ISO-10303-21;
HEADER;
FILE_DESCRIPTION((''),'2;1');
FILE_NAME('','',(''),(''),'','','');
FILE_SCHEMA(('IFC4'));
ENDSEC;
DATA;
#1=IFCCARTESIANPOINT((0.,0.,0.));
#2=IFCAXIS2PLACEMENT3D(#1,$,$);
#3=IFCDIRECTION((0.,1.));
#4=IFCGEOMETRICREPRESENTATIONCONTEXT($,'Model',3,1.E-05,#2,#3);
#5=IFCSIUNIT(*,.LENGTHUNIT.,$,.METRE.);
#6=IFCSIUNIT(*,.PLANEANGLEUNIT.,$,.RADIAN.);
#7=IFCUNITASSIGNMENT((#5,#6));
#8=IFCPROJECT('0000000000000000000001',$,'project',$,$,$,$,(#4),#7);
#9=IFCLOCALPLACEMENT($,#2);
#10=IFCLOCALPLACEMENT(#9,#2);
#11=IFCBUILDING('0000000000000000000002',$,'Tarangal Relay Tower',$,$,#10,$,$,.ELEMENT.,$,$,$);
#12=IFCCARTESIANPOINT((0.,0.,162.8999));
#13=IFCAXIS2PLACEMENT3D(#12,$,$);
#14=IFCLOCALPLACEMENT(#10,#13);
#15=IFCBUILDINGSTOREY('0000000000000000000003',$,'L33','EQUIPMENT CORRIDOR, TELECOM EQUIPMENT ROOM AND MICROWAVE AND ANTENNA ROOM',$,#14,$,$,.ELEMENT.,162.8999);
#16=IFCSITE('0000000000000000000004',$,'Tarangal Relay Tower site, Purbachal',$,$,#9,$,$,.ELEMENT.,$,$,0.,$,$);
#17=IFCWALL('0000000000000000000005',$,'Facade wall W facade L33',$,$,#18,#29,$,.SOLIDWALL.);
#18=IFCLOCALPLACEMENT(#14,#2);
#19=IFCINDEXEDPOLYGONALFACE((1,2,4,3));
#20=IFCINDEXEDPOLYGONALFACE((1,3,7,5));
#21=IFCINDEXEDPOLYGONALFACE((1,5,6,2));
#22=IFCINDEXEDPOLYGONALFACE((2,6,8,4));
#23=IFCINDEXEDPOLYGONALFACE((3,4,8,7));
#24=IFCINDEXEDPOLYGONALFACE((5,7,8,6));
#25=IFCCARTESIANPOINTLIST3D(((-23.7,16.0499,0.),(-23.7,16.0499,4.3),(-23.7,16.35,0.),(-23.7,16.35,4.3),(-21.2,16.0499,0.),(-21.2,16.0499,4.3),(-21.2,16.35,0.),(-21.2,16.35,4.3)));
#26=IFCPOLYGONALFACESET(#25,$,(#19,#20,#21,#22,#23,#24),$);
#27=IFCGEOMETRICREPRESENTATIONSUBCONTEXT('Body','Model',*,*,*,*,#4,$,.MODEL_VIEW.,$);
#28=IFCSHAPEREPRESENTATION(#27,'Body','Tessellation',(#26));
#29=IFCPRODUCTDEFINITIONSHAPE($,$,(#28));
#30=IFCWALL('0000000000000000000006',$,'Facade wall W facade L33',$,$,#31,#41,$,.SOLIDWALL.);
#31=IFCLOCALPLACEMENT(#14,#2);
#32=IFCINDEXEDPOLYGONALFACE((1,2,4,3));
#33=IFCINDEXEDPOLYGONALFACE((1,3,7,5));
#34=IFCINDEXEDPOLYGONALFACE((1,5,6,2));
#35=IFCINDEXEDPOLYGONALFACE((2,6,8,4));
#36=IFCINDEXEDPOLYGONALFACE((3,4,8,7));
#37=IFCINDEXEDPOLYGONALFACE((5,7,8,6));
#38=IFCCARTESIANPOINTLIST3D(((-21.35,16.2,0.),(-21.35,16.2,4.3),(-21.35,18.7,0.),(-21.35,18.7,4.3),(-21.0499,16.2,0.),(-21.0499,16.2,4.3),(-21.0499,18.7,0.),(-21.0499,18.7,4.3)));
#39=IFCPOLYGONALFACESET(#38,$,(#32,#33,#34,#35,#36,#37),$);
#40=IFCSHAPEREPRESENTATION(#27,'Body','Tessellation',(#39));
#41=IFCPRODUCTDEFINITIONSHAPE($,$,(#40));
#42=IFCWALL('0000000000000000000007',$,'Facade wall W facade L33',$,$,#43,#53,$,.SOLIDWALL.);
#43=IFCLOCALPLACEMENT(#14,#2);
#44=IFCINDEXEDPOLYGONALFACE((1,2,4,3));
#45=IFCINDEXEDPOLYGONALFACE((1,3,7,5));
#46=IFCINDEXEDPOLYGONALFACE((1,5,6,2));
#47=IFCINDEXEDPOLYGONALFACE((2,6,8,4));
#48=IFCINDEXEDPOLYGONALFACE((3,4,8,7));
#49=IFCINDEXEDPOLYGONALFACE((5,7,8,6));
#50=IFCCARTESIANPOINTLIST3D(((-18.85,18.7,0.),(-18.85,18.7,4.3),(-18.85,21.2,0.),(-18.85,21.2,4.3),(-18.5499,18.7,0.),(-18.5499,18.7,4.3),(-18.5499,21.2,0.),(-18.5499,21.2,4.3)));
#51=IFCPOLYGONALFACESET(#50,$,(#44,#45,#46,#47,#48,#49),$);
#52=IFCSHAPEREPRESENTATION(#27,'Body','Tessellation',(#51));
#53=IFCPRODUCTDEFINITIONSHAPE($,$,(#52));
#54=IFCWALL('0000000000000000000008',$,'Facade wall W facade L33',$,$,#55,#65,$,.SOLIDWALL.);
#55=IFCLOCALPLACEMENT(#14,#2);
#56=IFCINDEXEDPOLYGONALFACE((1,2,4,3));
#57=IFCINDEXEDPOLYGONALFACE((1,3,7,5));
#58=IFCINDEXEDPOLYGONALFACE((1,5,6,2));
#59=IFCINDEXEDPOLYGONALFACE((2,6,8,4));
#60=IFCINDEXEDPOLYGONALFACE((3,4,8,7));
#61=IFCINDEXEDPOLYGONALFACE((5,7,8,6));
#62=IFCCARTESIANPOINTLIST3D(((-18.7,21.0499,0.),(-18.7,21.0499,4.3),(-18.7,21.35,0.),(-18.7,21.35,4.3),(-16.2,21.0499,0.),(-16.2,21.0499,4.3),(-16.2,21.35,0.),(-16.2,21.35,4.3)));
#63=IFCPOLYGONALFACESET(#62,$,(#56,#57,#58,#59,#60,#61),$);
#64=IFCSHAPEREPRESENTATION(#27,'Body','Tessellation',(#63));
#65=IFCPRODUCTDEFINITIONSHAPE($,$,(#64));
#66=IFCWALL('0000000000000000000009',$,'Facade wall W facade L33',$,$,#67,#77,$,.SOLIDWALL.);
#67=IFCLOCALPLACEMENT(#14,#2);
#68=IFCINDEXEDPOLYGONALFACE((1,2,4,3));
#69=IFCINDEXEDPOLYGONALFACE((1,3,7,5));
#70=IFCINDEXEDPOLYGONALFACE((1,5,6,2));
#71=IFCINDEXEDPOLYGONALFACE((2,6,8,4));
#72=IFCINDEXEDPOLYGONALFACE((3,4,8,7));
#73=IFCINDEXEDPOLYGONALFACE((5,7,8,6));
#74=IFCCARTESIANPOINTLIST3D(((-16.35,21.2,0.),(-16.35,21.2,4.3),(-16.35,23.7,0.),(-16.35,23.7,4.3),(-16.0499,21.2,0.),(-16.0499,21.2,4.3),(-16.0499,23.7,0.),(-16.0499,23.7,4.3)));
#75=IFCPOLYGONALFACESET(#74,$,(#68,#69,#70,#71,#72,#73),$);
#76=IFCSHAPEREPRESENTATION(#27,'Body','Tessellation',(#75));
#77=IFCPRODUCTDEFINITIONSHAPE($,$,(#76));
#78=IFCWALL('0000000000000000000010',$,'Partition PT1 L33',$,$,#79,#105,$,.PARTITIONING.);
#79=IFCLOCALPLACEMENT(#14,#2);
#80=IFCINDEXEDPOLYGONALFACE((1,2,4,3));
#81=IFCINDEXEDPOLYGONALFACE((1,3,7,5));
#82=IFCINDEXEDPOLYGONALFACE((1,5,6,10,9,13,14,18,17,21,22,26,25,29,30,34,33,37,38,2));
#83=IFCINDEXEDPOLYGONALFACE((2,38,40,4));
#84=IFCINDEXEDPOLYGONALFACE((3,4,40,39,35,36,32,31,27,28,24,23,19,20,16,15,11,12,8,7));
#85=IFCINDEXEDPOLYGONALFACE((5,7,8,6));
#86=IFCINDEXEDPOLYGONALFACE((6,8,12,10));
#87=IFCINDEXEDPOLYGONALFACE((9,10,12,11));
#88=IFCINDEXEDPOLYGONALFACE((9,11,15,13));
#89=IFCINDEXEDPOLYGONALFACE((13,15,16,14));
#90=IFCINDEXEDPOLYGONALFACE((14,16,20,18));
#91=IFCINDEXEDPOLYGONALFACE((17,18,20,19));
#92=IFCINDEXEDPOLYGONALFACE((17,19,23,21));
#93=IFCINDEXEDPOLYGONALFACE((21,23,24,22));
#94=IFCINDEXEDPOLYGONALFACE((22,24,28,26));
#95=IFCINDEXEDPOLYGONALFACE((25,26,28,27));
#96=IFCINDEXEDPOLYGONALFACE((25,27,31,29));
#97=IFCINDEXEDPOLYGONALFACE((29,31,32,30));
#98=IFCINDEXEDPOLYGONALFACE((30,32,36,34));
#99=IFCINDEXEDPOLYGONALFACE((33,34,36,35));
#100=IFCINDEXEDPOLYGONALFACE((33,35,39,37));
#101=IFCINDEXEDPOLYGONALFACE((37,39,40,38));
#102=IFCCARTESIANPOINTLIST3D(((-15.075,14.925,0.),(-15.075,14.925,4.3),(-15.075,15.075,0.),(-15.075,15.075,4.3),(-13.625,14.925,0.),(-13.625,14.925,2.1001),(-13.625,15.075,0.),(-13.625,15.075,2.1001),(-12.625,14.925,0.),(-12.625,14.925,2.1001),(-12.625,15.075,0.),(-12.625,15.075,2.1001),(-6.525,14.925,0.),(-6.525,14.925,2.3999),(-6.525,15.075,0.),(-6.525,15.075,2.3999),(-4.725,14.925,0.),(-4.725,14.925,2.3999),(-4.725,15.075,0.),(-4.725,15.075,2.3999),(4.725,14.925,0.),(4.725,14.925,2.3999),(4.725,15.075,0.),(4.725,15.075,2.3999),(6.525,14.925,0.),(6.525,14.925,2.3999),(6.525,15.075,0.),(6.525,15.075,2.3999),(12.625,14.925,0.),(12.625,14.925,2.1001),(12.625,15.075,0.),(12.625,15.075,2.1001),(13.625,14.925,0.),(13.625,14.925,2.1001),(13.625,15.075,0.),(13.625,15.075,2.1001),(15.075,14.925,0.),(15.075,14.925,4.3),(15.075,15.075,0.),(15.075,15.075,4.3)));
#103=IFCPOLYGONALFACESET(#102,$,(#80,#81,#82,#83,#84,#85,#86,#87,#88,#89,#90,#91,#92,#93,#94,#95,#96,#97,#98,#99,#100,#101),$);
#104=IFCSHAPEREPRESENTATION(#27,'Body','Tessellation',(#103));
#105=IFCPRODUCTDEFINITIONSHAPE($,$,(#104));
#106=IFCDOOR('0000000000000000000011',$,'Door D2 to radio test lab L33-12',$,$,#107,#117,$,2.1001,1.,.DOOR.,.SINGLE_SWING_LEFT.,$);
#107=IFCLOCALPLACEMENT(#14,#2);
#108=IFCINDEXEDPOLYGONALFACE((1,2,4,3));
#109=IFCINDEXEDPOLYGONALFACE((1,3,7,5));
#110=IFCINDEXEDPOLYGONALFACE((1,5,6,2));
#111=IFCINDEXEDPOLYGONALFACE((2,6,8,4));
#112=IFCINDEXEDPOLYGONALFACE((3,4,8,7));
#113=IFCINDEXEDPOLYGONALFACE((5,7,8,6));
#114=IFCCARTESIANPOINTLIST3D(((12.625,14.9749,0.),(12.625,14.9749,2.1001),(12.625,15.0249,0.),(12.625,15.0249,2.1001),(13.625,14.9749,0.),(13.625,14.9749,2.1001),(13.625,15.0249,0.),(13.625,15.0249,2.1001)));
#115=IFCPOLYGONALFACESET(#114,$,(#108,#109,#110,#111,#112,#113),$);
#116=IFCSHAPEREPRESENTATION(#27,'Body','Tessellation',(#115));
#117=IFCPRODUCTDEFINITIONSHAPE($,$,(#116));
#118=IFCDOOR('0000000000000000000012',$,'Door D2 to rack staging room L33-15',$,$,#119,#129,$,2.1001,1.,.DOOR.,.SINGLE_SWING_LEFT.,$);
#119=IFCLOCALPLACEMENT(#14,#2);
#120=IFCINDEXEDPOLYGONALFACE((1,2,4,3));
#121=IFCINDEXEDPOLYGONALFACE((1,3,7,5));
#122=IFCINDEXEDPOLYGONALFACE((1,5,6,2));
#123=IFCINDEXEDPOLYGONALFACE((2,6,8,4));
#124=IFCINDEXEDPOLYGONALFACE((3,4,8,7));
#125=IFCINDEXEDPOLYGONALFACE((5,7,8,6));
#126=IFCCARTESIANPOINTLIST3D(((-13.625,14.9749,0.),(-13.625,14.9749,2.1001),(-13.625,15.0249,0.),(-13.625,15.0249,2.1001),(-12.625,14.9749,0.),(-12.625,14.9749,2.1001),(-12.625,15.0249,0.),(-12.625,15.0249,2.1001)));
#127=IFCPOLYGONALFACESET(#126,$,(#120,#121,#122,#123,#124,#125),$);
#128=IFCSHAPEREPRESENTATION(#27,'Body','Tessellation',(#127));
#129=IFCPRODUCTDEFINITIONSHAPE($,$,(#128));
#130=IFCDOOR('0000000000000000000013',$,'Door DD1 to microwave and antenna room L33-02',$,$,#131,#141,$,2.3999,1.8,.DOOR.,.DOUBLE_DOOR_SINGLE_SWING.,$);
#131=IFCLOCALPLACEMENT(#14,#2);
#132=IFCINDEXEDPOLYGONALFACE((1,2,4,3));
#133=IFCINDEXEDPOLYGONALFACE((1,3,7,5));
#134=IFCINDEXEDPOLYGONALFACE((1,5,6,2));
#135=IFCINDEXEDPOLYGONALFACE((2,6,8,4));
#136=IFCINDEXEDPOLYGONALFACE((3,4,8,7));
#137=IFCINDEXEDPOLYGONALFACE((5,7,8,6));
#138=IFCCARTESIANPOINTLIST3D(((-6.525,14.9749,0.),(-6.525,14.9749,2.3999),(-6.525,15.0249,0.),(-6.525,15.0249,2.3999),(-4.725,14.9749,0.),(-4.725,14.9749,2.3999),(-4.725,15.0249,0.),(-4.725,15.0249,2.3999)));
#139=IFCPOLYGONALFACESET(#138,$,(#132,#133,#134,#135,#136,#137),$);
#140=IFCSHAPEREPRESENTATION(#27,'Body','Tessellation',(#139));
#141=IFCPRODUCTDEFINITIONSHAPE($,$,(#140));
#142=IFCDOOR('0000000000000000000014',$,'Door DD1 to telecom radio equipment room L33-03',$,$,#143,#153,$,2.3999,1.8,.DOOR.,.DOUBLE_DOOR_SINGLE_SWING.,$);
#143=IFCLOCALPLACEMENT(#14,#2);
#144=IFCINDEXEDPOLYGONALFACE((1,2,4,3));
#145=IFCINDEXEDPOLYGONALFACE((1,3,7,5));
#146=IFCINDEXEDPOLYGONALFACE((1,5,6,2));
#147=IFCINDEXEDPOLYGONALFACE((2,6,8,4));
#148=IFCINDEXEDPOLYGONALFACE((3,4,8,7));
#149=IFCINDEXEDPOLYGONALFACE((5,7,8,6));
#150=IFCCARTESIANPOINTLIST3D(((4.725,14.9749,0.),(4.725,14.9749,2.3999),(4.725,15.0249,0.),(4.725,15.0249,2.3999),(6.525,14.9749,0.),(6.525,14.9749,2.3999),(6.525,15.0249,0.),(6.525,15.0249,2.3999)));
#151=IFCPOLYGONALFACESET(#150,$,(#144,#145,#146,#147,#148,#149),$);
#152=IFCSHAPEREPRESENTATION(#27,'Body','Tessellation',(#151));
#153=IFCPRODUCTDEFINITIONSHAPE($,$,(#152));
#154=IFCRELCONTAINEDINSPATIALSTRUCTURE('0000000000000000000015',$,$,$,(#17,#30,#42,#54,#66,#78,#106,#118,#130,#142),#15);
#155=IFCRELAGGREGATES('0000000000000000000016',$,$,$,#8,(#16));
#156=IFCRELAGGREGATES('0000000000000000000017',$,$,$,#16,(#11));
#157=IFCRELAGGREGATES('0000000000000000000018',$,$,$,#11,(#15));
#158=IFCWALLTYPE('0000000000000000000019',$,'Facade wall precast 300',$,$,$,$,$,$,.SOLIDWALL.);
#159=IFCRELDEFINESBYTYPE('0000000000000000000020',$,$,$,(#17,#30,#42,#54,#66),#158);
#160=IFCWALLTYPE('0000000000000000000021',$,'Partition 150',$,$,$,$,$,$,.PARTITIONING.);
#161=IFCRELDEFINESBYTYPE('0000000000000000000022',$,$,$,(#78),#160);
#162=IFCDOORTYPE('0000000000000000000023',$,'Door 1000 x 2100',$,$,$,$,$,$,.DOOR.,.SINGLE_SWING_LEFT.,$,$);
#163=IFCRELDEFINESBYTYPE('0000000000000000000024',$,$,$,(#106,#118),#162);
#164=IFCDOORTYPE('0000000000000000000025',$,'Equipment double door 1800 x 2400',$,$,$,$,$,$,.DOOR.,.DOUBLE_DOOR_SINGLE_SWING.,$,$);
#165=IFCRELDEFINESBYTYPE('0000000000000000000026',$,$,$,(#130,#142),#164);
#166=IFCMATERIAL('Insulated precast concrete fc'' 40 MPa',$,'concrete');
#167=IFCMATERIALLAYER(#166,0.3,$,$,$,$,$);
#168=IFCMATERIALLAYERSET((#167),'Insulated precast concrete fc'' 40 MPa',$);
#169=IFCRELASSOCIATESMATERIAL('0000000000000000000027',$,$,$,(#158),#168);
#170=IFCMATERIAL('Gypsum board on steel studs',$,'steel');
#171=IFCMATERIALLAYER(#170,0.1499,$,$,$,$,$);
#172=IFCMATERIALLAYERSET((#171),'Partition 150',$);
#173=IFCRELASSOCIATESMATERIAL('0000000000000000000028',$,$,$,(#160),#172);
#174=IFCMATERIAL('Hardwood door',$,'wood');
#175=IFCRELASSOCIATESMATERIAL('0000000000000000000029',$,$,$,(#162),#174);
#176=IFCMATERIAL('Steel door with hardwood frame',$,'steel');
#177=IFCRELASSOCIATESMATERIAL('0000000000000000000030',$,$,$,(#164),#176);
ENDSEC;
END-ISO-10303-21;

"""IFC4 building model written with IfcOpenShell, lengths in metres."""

from ifc_helpers import new_model, si_unit, direction, frame, frame_2d, origin, place, context, subcontext, project, spatial, rectangle, extrude, material, layer, layer_set, type_object, element, fill, save


model = new_model("IFC4")

# Units and contexts
model_context = context("Model", 3, precision=1e-05, world=origin(), true_north=direction((0.0, 1.0)))
body_context = subcontext(model_context, "Body", "Model", "MODEL_VIEW")
ifc_project = project(units=[si_unit("LENGTHUNIT", "METRE"), si_unit("PLANEANGLEUNIT", "RADIAN")], contexts=[model_context])

# Site, building, storey
site_placement = place(None, origin())
site = spatial("IfcSite", under=ifc_project, at=site_placement, Name="Tarangal Relay Tower site, Purbachal", CompositionType="ELEMENT", RefElevation=0.0)
building_placement = place(site_placement, origin())
building = spatial("IfcBuilding", under=site, at=building_placement, Name="Tarangal Relay Tower", CompositionType="ELEMENT")
storey_placement = place(building_placement, frame((0.0, 0.0, 162.8999)))
storey = spatial("IfcBuildingStorey", under=building, at=storey_placement, Name="L33", Description="EQUIPMENT CORRIDOR, TELECOM EQUIPMENT ROOM AND MICROWAVE AND ANTENNA ROOM", CompositionType="ELEMENT", Elevation=162.8999)

# Shared definitions
ifc_material_1 = material(Name="Insulated precast concrete fc' 40 MPa", Category="concrete")
ifc_layer_1 = layer(ifc_material_1, 0.3)
ifc_layer_set_1 = layer_set([ifc_layer_1], Name="Insulated precast concrete fc' 40 MPa")
wall_type_1 = type_object("IfcWallType", Name="Facade wall precast 300", PredefinedType="SOLIDWALL", material=ifc_layer_set_1)

# Walls
for number, where, z_axis, x_axis, name in (
    (1, (-23.7, 16.2, 0.0), (0.0, 0.0, 1.0), (1.0, 0.0, 0.0), "Facade wall W facade L33"),
    (2, (-21.2, 16.2, 0.0), (0.0, 0.0, 1.0), (0.0, 1.0, 0.0), "Facade wall W facade L33"),
):
    element("IfcWall", number, at=place(storey_placement, frame(where, z_axis=z_axis, x_axis=x_axis)), inside=storey, type_object=wall_type_1, Name=name, PredefinedType="SOLIDWALL", context=body_context, shape_type="SweptSolid", body=[
        extrude(rectangle(XDim=2.5, YDim=0.3, at=frame_2d((1.25, 0.0))), origin(), (0.0, 0.0, 1.0), 4.3),
    ])

# Walls
for number, where, z_axis, x_axis, name in (
    (3, (-18.7, 18.7, 0.0), (0.0, 0.0, 1.0), (0.0, 1.0, 0.0), "Facade wall W facade L33"),
    (4, (-18.7, 21.2, 0.0), (0.0, 0.0, 1.0), (1.0, 0.0, 0.0), "Facade wall W facade L33"),
    (5, (-16.2, 21.2, 0.0), (0.0, 0.0, 1.0), (0.0, 1.0, 0.0), "Facade wall W facade L33"),
):
    element("IfcWall", number, at=place(storey_placement, frame(where, z_axis=z_axis, x_axis=x_axis)), inside=storey, type_object=wall_type_1, Name=name, PredefinedType="SOLIDWALL", context=body_context, shape_type="SweptSolid", body=[
        extrude(rectangle(XDim=2.5, YDim=0.3, at=frame_2d((1.25, 0.0))), origin(), (0.0, 0.0, 1.0), 4.3),
    ])

# Wall, openings, doors
ifc_material_2 = material(Name="Gypsum board on steel studs", Category="steel")
ifc_layer_2 = layer(ifc_material_2, 0.1499)
ifc_layer_set_2 = layer_set([ifc_layer_2], Name="Partition 150")
wall_type_2 = type_object("IfcWallType", Name="Partition 150", PredefinedType="PARTITIONING", material=ifc_layer_set_2)
wall_1_placement = place(storey_placement, frame((-15.075, 15.0, 0.0), z_axis=(0.0, 0.0, 1.0), x_axis=(1.0, 0.0, 0.0)))
wall_1 = element("IfcWall", 6, at=wall_1_placement, inside=storey, type_object=wall_type_2, Name="Partition PT1 L33", PredefinedType="PARTITIONING", context=body_context, shape_type="SweptSolid", body=[
    extrude(rectangle(XDim=30.1499, YDim=0.1499, at=frame_2d((15.075, 0.0))), origin(), (0.0, 0.0, 1.0), 4.3),
])
opening_1_placement = place(wall_1_placement, frame((8.55, 0.0, 0.0)))
opening_1 = element("IfcOpeningElement", 7, at=opening_1_placement, cuts=wall_1, PredefinedType="OPENING", context=body_context, shape_type="SweptSolid", body=[
    extrude(rectangle(XDim=1.8, YDim=2.3999, at=frame_2d((0.8999, 1.2))), frame((0.0, 0.085, 0.0), z_axis=(0.0, -1.0, 0.0), x_axis=(1.0, 0.0, 0.0)), (0.0, 0.0, 1.0), 0.1699),
])
opening_2_placement = place(wall_1_placement, frame((19.8, 0.0, 0.0)))
opening_2 = element("IfcOpeningElement", 8, at=opening_2_placement, cuts=wall_1, PredefinedType="OPENING", context=body_context, shape_type="SweptSolid", body=[
    extrude(rectangle(XDim=1.8, YDim=2.3999, at=frame_2d((0.8999, 1.2))), frame((0.0, 0.085, 0.0), z_axis=(0.0, -1.0, 0.0), x_axis=(1.0, 0.0, 0.0)), (0.0, 0.0, 1.0), 0.1699),
])
opening_3_placement = place(wall_1_placement, frame((27.7, 0.0, 0.0)))
opening_3 = element("IfcOpeningElement", 9, at=opening_3_placement, cuts=wall_1, PredefinedType="OPENING", context=body_context, shape_type="SweptSolid", body=[
    extrude(rectangle(XDim=1.0, YDim=2.1001, at=frame_2d((0.5, 1.05))), frame((0.0, 0.085, 0.0), z_axis=(0.0, -1.0, 0.0), x_axis=(1.0, 0.0, 0.0)), (0.0, 0.0, 1.0), 0.1699),
])
opening_4_placement = place(wall_1_placement, frame((1.45, 0.0, 0.0)))
opening_4 = element("IfcOpeningElement", 10, at=opening_4_placement, cuts=wall_1, PredefinedType="OPENING", context=body_context, shape_type="SweptSolid", body=[
    extrude(rectangle(XDim=1.0, YDim=2.1001, at=frame_2d((0.5, 1.05))), frame((0.0, 0.085, 0.0), z_axis=(0.0, -1.0, 0.0), x_axis=(1.0, 0.0, 0.0)), (0.0, 0.0, 1.0), 0.1699),
])
ifc_material_3 = material(Name="Hardwood door", Category="wood")
door_type_1 = type_object("IfcDoorType", Name="Door 1000 x 2100", OperationType="SINGLE_SWING_LEFT", PredefinedType="DOOR", material=ifc_material_3)
door_1_placement = place(opening_3_placement, origin())
door_1 = element("IfcDoor", 11, at=door_1_placement, inside=storey, type_object=door_type_1, Name="Door D2 to radio test lab L33-12", OperationType="SINGLE_SWING_LEFT", OverallHeight=2.1001, OverallWidth=1.0, PredefinedType="DOOR", context=body_context, shape_type="SweptSolid", body=[
    extrude(rectangle(XDim=1.0, YDim=2.1001, at=frame_2d((0.5, 1.05))), frame((0.0, 0.0249, 0.0), z_axis=(0.0, -1.0, 0.0), x_axis=(1.0, 0.0, 0.0)), (0.0, 0.0, 1.0), 0.05),
])
fill(opening_3, door_1)
door_2_placement = place(opening_4_placement, origin())
door_2 = element("IfcDoor", 12, at=door_2_placement, inside=storey, type_object=door_type_1, Name="Door D2 to rack staging room L33-15", OperationType="SINGLE_SWING_LEFT", OverallHeight=2.1001, OverallWidth=1.0, PredefinedType="DOOR", context=body_context, shape_type="SweptSolid", body=[
    extrude(rectangle(XDim=1.0, YDim=2.1001, at=frame_2d((0.5, 1.05))), frame((0.0, 0.0249, 0.0), z_axis=(0.0, -1.0, 0.0), x_axis=(1.0, 0.0, 0.0)), (0.0, 0.0, 1.0), 0.05),
])
fill(opening_4, door_2)
ifc_material_4 = material(Name="Steel door with hardwood frame", Category="steel")
door_type_2 = type_object("IfcDoorType", Name="Equipment double door 1800 x 2400", OperationType="DOUBLE_DOOR_SINGLE_SWING", PredefinedType="DOOR", material=ifc_material_4)
door_3_placement = place(opening_1_placement, origin())
door_3 = element("IfcDoor", 13, at=door_3_placement, inside=storey, type_object=door_type_2, Name="Door DD1 to microwave and antenna room L33-02", OperationType="DOUBLE_DOOR_SINGLE_SWING", OverallHeight=2.3999, OverallWidth=1.8, PredefinedType="DOOR", context=body_context, shape_type="SweptSolid", body=[
    extrude(rectangle(XDim=1.8, YDim=2.3999, at=frame_2d((0.8999, 1.2))), frame((0.0, 0.0249, 0.0), z_axis=(0.0, -1.0, 0.0), x_axis=(1.0, 0.0, 0.0)), (0.0, 0.0, 1.0), 0.05),
])
fill(opening_1, door_3)
door_4_placement = place(opening_2_placement, origin())
door_4 = element("IfcDoor", 14, at=door_4_placement, inside=storey, type_object=door_type_2, Name="Door DD1 to telecom radio equipment room L33-03", OperationType="DOUBLE_DOOR_SINGLE_SWING", OverallHeight=2.3999, OverallWidth=1.8, PredefinedType="DOOR", context=body_context, shape_type="SweptSolid", body=[
    extrude(rectangle(XDim=1.8, YDim=2.3999, at=frame_2d((0.8999, 1.2))), frame((0.0, 0.0249, 0.0), z_axis=(0.0, -1.0, 0.0), x_axis=(1.0, 0.0, 0.0)), (0.0, 0.0, 1.0), 0.05),
])
fill(opening_2, door_4)

save(model, "model.ifc")
